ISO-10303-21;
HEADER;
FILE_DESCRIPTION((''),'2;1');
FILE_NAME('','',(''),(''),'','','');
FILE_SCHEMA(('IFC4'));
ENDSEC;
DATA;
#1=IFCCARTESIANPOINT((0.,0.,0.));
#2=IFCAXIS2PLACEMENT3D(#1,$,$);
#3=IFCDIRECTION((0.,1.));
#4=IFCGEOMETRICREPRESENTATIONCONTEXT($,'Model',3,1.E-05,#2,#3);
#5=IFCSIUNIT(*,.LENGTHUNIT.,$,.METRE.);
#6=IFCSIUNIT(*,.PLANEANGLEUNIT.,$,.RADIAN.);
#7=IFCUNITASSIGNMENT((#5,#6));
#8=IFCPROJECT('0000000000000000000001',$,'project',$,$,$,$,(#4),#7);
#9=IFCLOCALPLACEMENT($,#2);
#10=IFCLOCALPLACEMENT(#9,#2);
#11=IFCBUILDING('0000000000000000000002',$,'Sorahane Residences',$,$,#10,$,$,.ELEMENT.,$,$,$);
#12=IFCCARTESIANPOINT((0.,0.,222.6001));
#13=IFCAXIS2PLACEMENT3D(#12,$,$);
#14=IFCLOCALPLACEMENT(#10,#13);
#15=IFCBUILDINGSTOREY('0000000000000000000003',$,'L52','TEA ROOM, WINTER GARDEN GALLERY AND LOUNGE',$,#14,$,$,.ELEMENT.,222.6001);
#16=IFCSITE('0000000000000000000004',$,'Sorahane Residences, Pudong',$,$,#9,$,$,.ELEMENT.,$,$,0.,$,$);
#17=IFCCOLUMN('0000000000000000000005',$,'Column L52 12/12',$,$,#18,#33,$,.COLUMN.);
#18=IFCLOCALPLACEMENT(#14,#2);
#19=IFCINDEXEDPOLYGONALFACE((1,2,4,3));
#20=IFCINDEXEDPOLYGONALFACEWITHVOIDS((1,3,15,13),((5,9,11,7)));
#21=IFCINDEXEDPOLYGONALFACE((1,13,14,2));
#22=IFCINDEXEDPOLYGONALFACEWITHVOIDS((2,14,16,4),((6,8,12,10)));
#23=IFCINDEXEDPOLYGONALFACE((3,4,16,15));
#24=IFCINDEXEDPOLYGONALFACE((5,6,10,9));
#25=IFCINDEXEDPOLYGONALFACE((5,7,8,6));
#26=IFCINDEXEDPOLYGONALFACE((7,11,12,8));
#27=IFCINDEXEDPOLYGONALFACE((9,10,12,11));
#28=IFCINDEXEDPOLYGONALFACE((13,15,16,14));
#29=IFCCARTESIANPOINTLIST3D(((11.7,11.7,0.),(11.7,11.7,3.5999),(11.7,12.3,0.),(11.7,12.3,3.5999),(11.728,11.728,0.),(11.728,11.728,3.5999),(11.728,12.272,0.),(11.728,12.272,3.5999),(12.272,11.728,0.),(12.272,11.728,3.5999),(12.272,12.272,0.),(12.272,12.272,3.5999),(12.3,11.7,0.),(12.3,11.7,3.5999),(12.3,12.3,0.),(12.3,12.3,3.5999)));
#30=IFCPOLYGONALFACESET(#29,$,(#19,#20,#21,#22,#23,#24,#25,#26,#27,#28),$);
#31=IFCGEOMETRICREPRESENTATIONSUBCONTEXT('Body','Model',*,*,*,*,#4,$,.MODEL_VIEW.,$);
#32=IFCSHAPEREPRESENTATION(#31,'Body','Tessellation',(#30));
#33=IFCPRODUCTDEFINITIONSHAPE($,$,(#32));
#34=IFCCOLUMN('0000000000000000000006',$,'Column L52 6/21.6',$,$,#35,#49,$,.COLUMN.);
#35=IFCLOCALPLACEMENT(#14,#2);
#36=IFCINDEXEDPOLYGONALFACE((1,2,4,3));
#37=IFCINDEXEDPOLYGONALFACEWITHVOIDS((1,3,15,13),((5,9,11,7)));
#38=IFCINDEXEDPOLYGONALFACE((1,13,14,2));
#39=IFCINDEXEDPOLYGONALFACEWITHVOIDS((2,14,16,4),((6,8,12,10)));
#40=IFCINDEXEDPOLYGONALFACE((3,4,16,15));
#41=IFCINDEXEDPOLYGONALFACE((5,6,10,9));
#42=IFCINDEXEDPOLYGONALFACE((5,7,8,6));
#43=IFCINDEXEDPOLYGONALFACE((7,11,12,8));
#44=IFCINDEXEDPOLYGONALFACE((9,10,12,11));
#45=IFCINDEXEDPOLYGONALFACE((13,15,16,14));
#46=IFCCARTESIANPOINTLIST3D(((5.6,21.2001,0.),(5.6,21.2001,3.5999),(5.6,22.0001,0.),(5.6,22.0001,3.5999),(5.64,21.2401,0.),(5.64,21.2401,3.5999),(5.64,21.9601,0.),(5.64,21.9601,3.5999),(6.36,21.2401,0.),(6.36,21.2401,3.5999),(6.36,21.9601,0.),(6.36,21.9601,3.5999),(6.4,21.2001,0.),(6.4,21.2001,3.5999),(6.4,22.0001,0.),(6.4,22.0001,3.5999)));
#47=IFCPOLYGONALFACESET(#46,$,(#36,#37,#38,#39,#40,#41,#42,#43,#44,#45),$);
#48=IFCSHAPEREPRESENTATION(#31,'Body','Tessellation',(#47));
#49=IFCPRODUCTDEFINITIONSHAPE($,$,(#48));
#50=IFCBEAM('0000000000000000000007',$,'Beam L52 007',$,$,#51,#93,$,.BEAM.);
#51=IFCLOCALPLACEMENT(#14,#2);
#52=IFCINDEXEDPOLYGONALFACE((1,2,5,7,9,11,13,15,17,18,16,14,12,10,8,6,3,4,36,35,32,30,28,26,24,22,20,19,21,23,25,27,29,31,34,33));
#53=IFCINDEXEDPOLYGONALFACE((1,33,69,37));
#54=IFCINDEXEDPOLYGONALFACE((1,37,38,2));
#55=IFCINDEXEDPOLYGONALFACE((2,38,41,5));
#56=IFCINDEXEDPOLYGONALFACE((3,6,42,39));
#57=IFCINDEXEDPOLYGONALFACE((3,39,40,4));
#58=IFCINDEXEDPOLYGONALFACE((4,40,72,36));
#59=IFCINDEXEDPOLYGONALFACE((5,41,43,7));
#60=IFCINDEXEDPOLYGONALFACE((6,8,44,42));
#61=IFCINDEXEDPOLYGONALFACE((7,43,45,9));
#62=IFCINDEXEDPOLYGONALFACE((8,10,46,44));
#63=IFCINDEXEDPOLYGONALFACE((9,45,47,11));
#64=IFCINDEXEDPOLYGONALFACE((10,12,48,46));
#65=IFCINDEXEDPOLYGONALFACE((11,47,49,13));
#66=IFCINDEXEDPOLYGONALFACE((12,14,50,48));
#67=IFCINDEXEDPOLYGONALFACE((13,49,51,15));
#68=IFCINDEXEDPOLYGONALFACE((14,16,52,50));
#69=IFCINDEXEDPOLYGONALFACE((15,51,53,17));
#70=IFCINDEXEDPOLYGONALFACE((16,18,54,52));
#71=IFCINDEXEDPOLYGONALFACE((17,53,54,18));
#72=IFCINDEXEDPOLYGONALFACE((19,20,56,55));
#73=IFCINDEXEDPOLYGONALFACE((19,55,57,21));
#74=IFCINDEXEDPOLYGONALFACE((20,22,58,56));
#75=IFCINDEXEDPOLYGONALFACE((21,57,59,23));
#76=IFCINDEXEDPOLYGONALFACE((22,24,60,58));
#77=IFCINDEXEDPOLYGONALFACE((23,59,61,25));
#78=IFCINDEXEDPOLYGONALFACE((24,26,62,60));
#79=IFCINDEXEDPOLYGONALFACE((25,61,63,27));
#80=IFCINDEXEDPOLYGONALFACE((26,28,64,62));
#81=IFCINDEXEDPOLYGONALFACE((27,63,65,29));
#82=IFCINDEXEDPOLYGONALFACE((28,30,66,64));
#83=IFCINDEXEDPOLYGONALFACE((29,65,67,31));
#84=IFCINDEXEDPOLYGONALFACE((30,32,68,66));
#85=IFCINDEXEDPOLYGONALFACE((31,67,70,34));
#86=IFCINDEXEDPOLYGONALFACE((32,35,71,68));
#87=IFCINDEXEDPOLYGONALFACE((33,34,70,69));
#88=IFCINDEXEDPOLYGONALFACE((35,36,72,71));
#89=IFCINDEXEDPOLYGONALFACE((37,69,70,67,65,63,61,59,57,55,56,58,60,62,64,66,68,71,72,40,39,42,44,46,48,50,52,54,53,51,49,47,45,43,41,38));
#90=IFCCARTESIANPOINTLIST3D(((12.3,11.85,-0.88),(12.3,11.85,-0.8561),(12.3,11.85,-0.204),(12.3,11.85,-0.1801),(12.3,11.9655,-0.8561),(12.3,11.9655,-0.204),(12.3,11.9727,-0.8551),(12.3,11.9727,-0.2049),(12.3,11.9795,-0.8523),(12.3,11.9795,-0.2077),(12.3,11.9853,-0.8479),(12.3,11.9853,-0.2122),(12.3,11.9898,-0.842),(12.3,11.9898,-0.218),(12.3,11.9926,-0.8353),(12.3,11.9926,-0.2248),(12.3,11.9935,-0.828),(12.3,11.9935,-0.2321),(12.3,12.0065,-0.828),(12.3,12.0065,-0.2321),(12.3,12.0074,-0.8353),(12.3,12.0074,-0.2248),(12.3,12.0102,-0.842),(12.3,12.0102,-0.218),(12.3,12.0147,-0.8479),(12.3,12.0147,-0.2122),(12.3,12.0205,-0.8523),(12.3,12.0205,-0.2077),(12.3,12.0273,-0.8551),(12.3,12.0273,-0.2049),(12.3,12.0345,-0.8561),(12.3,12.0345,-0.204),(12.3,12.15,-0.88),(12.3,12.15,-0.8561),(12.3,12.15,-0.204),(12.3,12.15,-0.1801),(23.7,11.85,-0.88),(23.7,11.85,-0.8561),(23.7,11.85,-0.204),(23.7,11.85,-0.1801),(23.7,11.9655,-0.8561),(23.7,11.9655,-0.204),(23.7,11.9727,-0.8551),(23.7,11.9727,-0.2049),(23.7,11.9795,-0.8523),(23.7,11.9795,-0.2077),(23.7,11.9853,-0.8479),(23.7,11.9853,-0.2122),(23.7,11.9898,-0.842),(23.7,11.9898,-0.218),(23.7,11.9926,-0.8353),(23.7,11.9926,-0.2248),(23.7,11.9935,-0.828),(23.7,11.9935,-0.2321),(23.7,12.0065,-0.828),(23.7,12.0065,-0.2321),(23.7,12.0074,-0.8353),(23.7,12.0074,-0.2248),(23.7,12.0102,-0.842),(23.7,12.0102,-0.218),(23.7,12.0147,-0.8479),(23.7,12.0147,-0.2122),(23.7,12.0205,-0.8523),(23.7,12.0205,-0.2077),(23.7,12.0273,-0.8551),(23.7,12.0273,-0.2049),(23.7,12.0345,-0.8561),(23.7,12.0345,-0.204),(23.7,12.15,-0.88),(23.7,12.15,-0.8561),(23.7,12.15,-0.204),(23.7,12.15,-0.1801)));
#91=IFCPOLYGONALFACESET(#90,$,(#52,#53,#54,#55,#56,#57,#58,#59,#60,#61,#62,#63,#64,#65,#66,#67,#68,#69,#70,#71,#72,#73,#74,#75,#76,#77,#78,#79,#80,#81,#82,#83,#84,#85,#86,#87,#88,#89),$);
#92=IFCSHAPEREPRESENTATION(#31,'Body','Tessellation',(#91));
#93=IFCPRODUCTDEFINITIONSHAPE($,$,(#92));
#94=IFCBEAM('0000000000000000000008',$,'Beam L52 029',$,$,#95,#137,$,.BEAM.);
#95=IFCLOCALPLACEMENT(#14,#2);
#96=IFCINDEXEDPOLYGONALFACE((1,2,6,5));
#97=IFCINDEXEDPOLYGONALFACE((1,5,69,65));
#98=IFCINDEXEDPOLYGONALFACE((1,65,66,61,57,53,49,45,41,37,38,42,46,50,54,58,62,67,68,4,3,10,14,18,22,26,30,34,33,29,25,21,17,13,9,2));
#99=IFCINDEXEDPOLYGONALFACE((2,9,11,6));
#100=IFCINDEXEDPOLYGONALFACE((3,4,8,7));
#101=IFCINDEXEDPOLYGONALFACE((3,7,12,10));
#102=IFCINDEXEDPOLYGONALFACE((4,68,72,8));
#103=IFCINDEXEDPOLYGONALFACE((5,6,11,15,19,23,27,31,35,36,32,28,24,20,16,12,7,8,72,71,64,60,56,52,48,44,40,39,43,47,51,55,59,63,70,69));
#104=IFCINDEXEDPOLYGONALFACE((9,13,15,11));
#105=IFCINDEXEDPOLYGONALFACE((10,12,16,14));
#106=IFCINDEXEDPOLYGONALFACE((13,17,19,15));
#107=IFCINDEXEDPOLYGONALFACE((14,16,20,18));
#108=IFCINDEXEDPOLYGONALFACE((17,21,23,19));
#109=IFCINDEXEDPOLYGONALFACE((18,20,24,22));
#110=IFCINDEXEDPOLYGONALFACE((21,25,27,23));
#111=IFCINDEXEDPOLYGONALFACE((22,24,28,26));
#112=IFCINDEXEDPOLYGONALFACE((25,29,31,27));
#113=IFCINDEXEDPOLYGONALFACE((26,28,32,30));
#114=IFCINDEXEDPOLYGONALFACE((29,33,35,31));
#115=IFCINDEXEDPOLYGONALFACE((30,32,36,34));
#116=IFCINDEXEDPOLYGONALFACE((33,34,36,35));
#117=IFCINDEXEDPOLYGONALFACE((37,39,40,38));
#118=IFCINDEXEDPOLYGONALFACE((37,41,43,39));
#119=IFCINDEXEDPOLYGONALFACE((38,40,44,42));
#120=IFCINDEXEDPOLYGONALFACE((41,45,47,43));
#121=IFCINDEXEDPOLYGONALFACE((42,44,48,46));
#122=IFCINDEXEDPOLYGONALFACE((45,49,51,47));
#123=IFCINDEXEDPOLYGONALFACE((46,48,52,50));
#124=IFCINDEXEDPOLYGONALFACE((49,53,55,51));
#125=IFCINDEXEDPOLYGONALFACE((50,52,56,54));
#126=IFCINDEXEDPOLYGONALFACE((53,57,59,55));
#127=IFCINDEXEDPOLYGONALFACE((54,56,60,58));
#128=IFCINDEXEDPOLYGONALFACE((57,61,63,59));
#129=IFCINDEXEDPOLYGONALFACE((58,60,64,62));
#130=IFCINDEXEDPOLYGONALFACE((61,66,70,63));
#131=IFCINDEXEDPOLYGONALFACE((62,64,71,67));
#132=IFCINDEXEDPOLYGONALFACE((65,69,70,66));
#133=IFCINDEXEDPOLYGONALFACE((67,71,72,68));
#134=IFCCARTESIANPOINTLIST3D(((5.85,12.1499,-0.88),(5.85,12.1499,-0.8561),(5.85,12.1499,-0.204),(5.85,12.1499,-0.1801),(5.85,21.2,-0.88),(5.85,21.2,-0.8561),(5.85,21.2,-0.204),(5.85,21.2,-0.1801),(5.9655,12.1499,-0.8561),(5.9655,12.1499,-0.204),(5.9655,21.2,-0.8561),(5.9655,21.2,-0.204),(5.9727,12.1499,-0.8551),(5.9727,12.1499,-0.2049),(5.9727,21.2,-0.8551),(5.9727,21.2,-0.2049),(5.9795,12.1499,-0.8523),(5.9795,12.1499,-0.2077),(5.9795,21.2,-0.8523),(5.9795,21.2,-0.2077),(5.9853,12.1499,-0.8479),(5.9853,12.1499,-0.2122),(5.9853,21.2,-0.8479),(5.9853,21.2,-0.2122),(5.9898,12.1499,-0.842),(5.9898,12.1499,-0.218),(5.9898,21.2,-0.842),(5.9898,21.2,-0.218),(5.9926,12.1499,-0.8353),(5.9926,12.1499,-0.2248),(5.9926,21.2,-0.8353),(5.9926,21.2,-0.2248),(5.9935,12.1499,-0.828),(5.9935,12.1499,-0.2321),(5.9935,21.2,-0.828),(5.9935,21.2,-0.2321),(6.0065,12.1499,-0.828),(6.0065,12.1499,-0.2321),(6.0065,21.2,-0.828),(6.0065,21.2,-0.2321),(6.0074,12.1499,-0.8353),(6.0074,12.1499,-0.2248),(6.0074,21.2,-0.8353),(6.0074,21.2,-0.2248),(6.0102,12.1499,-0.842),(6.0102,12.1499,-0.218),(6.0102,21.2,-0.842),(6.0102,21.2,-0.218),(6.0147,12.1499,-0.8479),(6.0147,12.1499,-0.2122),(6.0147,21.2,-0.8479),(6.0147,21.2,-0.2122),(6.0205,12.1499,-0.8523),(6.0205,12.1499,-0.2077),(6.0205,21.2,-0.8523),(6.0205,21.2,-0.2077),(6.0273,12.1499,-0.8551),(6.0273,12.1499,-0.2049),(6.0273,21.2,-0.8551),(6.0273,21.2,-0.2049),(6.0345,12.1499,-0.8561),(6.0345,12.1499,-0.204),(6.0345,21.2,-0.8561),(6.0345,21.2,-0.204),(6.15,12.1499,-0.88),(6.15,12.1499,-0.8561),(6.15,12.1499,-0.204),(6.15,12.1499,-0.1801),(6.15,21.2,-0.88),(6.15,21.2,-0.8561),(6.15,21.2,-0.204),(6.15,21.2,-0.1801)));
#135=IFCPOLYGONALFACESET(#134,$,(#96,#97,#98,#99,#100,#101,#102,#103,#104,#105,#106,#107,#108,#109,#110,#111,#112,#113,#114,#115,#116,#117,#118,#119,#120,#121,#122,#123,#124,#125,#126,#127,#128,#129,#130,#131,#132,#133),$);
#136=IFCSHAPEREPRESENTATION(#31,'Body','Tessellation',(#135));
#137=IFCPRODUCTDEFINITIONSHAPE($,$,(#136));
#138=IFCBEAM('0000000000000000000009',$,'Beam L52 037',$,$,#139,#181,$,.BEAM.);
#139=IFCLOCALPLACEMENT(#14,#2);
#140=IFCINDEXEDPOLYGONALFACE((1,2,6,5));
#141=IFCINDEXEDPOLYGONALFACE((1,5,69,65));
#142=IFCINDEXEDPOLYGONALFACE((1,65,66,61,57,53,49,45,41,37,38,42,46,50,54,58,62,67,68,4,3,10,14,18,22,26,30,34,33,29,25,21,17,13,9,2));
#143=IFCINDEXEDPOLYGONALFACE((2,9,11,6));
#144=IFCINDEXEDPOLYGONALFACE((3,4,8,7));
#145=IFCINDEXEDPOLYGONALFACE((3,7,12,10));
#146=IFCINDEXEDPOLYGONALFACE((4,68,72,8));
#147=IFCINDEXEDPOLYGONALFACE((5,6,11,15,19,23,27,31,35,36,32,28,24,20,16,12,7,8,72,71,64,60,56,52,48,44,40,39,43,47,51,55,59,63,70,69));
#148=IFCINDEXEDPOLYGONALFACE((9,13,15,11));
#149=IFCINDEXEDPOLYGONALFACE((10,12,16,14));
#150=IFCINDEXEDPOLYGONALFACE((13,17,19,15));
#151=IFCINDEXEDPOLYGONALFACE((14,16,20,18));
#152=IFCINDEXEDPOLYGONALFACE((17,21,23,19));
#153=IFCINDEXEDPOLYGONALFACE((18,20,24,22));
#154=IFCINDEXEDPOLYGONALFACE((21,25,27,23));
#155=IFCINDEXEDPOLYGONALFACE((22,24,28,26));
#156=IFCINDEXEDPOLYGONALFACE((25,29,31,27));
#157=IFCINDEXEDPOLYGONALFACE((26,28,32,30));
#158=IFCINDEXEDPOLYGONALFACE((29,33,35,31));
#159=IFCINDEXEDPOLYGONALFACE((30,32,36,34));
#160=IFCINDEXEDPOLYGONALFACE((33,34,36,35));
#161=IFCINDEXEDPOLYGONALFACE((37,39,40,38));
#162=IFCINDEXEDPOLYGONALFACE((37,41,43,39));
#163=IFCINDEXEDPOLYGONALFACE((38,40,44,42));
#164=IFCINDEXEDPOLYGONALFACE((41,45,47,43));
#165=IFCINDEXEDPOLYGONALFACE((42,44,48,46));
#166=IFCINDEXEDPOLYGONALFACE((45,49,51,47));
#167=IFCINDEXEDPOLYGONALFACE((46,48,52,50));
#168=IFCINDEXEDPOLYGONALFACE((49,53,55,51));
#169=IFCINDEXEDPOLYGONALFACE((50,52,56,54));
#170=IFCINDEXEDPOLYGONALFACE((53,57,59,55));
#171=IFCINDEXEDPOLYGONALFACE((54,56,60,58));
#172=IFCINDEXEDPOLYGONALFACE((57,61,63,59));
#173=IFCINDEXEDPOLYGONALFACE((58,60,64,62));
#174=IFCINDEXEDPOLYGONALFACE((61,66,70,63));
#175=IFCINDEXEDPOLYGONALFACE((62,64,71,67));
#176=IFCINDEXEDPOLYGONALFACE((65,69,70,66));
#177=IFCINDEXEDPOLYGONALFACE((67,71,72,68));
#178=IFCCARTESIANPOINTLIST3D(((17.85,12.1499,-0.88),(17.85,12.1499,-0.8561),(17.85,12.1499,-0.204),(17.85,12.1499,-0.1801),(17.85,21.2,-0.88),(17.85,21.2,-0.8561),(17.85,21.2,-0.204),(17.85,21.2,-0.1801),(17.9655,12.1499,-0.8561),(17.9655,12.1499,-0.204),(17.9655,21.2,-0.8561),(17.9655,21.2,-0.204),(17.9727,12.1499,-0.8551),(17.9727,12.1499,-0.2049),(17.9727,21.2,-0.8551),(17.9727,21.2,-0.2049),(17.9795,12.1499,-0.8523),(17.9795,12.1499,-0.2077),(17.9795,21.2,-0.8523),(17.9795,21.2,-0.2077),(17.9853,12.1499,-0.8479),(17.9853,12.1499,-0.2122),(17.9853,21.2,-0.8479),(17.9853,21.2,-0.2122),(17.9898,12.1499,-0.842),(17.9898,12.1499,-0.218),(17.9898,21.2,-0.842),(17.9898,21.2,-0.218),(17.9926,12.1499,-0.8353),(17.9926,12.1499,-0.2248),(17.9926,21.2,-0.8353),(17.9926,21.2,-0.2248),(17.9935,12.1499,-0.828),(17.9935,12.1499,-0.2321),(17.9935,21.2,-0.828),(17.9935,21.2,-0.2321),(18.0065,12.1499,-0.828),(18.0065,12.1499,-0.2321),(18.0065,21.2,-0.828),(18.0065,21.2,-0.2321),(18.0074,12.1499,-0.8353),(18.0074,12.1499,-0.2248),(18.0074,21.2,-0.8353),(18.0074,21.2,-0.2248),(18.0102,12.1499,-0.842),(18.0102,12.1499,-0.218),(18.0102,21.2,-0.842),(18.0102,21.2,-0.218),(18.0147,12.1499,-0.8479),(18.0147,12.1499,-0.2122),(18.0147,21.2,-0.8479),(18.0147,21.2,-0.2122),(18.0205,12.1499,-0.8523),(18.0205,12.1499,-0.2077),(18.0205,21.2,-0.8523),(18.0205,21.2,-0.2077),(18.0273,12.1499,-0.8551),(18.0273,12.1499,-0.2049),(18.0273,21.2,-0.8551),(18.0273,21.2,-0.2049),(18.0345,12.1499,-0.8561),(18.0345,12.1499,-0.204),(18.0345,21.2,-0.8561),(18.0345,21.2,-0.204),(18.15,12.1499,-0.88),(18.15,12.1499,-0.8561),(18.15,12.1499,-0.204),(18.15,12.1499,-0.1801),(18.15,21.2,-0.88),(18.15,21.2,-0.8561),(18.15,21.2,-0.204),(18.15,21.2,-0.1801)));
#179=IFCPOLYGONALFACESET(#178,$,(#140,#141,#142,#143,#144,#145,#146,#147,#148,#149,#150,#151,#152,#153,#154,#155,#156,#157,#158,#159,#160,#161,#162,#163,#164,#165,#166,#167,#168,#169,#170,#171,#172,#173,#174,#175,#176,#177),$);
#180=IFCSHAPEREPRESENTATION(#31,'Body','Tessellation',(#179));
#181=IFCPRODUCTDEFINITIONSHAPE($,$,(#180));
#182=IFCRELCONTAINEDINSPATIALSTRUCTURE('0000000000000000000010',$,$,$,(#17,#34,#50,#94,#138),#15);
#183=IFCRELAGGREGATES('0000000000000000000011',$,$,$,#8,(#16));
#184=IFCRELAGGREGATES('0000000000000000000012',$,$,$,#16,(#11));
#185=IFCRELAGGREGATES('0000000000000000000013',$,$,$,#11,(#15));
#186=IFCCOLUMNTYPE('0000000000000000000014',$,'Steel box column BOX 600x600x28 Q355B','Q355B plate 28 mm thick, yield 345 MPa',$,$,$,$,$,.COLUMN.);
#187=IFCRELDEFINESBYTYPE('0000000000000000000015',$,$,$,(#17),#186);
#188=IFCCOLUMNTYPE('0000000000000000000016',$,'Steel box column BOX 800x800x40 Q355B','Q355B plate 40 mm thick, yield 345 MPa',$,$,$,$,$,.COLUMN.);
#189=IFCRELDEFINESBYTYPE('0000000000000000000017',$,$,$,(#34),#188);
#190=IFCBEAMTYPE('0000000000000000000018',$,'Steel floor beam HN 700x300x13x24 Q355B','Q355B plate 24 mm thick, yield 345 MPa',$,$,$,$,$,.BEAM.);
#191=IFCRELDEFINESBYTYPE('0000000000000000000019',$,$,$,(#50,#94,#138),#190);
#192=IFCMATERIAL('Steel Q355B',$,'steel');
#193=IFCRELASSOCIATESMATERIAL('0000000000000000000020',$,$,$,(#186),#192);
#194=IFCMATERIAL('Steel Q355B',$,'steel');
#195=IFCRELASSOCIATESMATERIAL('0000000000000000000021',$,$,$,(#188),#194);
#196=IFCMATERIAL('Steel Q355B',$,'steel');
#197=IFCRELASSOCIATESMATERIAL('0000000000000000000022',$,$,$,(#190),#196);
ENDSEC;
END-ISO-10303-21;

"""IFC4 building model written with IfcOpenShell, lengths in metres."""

from ifc_helpers import new_model, si_unit, direction, frame, origin, origin_2d, place, context, subcontext, project, spatial, hollow_rectangle, i_section, extrude, material, material_profile, profile_set, type_object, element, save


model = new_model("IFC4")

# Units and contexts
model_context = context("Model", 3, precision=1e-05, world=origin(), true_north=direction((0.0, 1.0)))
body_context = subcontext(model_context, "Body", "Model", "MODEL_VIEW")
ifc_project = project(units=[si_unit("LENGTHUNIT", "METRE"), si_unit("PLANEANGLEUNIT", "RADIAN")], contexts=[model_context])

# Site, building, storey
site_placement = place(None, origin())
site = spatial("IfcSite", under=ifc_project, at=site_placement, Name="Sorahane Residences, Pudong", CompositionType="ELEMENT", RefElevation=0.0)
building_placement = place(site_placement, origin())
building = spatial("IfcBuilding", under=site, at=building_placement, Name="Sorahane Residences", CompositionType="ELEMENT")
storey_placement = place(building_placement, frame((0.0, 0.0, 222.6001)))
storey = spatial("IfcBuildingStorey", under=building, at=storey_placement, Name="L52", Description="TEA ROOM, WINTER GARDEN GALLERY AND LOUNGE", CompositionType="ELEMENT", Elevation=222.6001)

# Columns
ifc_material_1 = material(Name="Steel Q355B", Category="steel")
ifc_material_profile_1 = material_profile(ifc_material_1, hollow_rectangle(XDim=0.6001, YDim=0.6001, WallThickness=0.0281, at=origin_2d()), Name="BOX 600x600x28")
ifc_profile_set_1 = profile_set([ifc_material_profile_1], Name="Steel Q355B")
column_type_1 = type_object("IfcColumnType", Name="Steel box column BOX 600x600x28 Q355B", Description="Q355B plate 28 mm thick, yield 345 MPa", PredefinedType="COLUMN", material=ifc_profile_set_1)
column_1_placement = place(storey_placement, frame((12.0, 12.0, 0.0), z_axis=(0.0, 0.0, 1.0), x_axis=(1.0, 0.0, 0.0)))
element("IfcColumn", 1, at=column_1_placement, inside=storey, type_object=column_type_1, Name="Column L52 12/12", PredefinedType="COLUMN", context=body_context, shape_type="SweptSolid", body=[
    extrude(hollow_rectangle(XDim=0.6001, YDim=0.6001, WallThickness=0.0281, at=origin_2d()), origin(), (0.0, 0.0, 1.0), 3.5999),
])
ifc_material_2 = material(Name="Steel Q355B", Category="steel")
ifc_material_profile_2 = material_profile(ifc_material_2, hollow_rectangle(XDim=0.8, YDim=0.8, WallThickness=0.04, at=origin_2d()), Name="BOX 800x800x40")
ifc_profile_set_2 = profile_set([ifc_material_profile_2], Name="Steel Q355B")
column_type_2 = type_object("IfcColumnType", Name="Steel box column BOX 800x800x40 Q355B", Description="Q355B plate 40 mm thick, yield 345 MPa", PredefinedType="COLUMN", material=ifc_profile_set_2)
column_2_placement = place(storey_placement, frame((6.0, 21.6001, 0.0), z_axis=(0.0, 0.0, 1.0), x_axis=(1.0, 0.0, 0.0)))
element("IfcColumn", 2, at=column_2_placement, inside=storey, type_object=column_type_2, Name="Column L52 6/21.6", PredefinedType="COLUMN", context=body_context, shape_type="SweptSolid", body=[
    extrude(hollow_rectangle(XDim=0.8, YDim=0.8, WallThickness=0.04, at=origin_2d()), origin(), (0.0, 0.0, 1.0), 3.5999),
])

# Beams
ifc_material_3 = material(Name="Steel Q355B", Category="steel")
ifc_material_profile_3 = material_profile(ifc_material_3, i_section(OverallWidth=0.3, OverallDepth=0.7, WebThickness=0.0129, FlangeThickness=0.0239, FilletRadius=0.0281, at=origin_2d()), Name="HN 700x300x13x24")
ifc_profile_set_3 = profile_set([ifc_material_profile_3], Name="Steel Q355B")
beam_type = type_object("IfcBeamType", Name="Steel floor beam HN 700x300x13x24 Q355B", Description="Q355B plate 24 mm thick, yield 345 MPa", PredefinedType="BEAM", material=ifc_profile_set_3)
beam_1_placement = place(storey_placement, frame((12.3, 12.0, -0.53), z_axis=(1.0, 0.0, 0.0), x_axis=(0.0, 1.0, 0.0)))
element("IfcBeam", 3, at=beam_1_placement, inside=storey, type_object=beam_type, Name="Beam L52 007", PredefinedType="BEAM", context=body_context, shape_type="SweptSolid", body=[
    extrude(i_section(OverallWidth=0.3, OverallDepth=0.7, WebThickness=0.0129, FlangeThickness=0.0239, FilletRadius=0.0281, at=origin_2d()), origin(), (0.0, 0.0, 1.0), 11.3999),
])
for number, where, z_axis, x_axis, name in (
    (4, (6.0, 12.1499, -0.53), (0.0, 1.0, 0.0), (-1.0, 0.0, 0.0), "Beam L52 029"),
    (5, (18.0, 12.1499, -0.53), (0.0, 1.0, 0.0), (-1.0, 0.0, 0.0), "Beam L52 037"),
):
    element("IfcBeam", number, at=place(storey_placement, frame(where, z_axis=z_axis, x_axis=x_axis)), inside=storey, type_object=beam_type, Name=name, PredefinedType="BEAM", context=body_context, shape_type="SweptSolid", body=[
        extrude(i_section(OverallWidth=0.3, OverallDepth=0.7, WebThickness=0.0129, FlangeThickness=0.0239, FilletRadius=0.0281, at=origin_2d()), origin(), (0.0, 0.0, 1.0), 9.05),
    ])

save(model, "model.ifc")
